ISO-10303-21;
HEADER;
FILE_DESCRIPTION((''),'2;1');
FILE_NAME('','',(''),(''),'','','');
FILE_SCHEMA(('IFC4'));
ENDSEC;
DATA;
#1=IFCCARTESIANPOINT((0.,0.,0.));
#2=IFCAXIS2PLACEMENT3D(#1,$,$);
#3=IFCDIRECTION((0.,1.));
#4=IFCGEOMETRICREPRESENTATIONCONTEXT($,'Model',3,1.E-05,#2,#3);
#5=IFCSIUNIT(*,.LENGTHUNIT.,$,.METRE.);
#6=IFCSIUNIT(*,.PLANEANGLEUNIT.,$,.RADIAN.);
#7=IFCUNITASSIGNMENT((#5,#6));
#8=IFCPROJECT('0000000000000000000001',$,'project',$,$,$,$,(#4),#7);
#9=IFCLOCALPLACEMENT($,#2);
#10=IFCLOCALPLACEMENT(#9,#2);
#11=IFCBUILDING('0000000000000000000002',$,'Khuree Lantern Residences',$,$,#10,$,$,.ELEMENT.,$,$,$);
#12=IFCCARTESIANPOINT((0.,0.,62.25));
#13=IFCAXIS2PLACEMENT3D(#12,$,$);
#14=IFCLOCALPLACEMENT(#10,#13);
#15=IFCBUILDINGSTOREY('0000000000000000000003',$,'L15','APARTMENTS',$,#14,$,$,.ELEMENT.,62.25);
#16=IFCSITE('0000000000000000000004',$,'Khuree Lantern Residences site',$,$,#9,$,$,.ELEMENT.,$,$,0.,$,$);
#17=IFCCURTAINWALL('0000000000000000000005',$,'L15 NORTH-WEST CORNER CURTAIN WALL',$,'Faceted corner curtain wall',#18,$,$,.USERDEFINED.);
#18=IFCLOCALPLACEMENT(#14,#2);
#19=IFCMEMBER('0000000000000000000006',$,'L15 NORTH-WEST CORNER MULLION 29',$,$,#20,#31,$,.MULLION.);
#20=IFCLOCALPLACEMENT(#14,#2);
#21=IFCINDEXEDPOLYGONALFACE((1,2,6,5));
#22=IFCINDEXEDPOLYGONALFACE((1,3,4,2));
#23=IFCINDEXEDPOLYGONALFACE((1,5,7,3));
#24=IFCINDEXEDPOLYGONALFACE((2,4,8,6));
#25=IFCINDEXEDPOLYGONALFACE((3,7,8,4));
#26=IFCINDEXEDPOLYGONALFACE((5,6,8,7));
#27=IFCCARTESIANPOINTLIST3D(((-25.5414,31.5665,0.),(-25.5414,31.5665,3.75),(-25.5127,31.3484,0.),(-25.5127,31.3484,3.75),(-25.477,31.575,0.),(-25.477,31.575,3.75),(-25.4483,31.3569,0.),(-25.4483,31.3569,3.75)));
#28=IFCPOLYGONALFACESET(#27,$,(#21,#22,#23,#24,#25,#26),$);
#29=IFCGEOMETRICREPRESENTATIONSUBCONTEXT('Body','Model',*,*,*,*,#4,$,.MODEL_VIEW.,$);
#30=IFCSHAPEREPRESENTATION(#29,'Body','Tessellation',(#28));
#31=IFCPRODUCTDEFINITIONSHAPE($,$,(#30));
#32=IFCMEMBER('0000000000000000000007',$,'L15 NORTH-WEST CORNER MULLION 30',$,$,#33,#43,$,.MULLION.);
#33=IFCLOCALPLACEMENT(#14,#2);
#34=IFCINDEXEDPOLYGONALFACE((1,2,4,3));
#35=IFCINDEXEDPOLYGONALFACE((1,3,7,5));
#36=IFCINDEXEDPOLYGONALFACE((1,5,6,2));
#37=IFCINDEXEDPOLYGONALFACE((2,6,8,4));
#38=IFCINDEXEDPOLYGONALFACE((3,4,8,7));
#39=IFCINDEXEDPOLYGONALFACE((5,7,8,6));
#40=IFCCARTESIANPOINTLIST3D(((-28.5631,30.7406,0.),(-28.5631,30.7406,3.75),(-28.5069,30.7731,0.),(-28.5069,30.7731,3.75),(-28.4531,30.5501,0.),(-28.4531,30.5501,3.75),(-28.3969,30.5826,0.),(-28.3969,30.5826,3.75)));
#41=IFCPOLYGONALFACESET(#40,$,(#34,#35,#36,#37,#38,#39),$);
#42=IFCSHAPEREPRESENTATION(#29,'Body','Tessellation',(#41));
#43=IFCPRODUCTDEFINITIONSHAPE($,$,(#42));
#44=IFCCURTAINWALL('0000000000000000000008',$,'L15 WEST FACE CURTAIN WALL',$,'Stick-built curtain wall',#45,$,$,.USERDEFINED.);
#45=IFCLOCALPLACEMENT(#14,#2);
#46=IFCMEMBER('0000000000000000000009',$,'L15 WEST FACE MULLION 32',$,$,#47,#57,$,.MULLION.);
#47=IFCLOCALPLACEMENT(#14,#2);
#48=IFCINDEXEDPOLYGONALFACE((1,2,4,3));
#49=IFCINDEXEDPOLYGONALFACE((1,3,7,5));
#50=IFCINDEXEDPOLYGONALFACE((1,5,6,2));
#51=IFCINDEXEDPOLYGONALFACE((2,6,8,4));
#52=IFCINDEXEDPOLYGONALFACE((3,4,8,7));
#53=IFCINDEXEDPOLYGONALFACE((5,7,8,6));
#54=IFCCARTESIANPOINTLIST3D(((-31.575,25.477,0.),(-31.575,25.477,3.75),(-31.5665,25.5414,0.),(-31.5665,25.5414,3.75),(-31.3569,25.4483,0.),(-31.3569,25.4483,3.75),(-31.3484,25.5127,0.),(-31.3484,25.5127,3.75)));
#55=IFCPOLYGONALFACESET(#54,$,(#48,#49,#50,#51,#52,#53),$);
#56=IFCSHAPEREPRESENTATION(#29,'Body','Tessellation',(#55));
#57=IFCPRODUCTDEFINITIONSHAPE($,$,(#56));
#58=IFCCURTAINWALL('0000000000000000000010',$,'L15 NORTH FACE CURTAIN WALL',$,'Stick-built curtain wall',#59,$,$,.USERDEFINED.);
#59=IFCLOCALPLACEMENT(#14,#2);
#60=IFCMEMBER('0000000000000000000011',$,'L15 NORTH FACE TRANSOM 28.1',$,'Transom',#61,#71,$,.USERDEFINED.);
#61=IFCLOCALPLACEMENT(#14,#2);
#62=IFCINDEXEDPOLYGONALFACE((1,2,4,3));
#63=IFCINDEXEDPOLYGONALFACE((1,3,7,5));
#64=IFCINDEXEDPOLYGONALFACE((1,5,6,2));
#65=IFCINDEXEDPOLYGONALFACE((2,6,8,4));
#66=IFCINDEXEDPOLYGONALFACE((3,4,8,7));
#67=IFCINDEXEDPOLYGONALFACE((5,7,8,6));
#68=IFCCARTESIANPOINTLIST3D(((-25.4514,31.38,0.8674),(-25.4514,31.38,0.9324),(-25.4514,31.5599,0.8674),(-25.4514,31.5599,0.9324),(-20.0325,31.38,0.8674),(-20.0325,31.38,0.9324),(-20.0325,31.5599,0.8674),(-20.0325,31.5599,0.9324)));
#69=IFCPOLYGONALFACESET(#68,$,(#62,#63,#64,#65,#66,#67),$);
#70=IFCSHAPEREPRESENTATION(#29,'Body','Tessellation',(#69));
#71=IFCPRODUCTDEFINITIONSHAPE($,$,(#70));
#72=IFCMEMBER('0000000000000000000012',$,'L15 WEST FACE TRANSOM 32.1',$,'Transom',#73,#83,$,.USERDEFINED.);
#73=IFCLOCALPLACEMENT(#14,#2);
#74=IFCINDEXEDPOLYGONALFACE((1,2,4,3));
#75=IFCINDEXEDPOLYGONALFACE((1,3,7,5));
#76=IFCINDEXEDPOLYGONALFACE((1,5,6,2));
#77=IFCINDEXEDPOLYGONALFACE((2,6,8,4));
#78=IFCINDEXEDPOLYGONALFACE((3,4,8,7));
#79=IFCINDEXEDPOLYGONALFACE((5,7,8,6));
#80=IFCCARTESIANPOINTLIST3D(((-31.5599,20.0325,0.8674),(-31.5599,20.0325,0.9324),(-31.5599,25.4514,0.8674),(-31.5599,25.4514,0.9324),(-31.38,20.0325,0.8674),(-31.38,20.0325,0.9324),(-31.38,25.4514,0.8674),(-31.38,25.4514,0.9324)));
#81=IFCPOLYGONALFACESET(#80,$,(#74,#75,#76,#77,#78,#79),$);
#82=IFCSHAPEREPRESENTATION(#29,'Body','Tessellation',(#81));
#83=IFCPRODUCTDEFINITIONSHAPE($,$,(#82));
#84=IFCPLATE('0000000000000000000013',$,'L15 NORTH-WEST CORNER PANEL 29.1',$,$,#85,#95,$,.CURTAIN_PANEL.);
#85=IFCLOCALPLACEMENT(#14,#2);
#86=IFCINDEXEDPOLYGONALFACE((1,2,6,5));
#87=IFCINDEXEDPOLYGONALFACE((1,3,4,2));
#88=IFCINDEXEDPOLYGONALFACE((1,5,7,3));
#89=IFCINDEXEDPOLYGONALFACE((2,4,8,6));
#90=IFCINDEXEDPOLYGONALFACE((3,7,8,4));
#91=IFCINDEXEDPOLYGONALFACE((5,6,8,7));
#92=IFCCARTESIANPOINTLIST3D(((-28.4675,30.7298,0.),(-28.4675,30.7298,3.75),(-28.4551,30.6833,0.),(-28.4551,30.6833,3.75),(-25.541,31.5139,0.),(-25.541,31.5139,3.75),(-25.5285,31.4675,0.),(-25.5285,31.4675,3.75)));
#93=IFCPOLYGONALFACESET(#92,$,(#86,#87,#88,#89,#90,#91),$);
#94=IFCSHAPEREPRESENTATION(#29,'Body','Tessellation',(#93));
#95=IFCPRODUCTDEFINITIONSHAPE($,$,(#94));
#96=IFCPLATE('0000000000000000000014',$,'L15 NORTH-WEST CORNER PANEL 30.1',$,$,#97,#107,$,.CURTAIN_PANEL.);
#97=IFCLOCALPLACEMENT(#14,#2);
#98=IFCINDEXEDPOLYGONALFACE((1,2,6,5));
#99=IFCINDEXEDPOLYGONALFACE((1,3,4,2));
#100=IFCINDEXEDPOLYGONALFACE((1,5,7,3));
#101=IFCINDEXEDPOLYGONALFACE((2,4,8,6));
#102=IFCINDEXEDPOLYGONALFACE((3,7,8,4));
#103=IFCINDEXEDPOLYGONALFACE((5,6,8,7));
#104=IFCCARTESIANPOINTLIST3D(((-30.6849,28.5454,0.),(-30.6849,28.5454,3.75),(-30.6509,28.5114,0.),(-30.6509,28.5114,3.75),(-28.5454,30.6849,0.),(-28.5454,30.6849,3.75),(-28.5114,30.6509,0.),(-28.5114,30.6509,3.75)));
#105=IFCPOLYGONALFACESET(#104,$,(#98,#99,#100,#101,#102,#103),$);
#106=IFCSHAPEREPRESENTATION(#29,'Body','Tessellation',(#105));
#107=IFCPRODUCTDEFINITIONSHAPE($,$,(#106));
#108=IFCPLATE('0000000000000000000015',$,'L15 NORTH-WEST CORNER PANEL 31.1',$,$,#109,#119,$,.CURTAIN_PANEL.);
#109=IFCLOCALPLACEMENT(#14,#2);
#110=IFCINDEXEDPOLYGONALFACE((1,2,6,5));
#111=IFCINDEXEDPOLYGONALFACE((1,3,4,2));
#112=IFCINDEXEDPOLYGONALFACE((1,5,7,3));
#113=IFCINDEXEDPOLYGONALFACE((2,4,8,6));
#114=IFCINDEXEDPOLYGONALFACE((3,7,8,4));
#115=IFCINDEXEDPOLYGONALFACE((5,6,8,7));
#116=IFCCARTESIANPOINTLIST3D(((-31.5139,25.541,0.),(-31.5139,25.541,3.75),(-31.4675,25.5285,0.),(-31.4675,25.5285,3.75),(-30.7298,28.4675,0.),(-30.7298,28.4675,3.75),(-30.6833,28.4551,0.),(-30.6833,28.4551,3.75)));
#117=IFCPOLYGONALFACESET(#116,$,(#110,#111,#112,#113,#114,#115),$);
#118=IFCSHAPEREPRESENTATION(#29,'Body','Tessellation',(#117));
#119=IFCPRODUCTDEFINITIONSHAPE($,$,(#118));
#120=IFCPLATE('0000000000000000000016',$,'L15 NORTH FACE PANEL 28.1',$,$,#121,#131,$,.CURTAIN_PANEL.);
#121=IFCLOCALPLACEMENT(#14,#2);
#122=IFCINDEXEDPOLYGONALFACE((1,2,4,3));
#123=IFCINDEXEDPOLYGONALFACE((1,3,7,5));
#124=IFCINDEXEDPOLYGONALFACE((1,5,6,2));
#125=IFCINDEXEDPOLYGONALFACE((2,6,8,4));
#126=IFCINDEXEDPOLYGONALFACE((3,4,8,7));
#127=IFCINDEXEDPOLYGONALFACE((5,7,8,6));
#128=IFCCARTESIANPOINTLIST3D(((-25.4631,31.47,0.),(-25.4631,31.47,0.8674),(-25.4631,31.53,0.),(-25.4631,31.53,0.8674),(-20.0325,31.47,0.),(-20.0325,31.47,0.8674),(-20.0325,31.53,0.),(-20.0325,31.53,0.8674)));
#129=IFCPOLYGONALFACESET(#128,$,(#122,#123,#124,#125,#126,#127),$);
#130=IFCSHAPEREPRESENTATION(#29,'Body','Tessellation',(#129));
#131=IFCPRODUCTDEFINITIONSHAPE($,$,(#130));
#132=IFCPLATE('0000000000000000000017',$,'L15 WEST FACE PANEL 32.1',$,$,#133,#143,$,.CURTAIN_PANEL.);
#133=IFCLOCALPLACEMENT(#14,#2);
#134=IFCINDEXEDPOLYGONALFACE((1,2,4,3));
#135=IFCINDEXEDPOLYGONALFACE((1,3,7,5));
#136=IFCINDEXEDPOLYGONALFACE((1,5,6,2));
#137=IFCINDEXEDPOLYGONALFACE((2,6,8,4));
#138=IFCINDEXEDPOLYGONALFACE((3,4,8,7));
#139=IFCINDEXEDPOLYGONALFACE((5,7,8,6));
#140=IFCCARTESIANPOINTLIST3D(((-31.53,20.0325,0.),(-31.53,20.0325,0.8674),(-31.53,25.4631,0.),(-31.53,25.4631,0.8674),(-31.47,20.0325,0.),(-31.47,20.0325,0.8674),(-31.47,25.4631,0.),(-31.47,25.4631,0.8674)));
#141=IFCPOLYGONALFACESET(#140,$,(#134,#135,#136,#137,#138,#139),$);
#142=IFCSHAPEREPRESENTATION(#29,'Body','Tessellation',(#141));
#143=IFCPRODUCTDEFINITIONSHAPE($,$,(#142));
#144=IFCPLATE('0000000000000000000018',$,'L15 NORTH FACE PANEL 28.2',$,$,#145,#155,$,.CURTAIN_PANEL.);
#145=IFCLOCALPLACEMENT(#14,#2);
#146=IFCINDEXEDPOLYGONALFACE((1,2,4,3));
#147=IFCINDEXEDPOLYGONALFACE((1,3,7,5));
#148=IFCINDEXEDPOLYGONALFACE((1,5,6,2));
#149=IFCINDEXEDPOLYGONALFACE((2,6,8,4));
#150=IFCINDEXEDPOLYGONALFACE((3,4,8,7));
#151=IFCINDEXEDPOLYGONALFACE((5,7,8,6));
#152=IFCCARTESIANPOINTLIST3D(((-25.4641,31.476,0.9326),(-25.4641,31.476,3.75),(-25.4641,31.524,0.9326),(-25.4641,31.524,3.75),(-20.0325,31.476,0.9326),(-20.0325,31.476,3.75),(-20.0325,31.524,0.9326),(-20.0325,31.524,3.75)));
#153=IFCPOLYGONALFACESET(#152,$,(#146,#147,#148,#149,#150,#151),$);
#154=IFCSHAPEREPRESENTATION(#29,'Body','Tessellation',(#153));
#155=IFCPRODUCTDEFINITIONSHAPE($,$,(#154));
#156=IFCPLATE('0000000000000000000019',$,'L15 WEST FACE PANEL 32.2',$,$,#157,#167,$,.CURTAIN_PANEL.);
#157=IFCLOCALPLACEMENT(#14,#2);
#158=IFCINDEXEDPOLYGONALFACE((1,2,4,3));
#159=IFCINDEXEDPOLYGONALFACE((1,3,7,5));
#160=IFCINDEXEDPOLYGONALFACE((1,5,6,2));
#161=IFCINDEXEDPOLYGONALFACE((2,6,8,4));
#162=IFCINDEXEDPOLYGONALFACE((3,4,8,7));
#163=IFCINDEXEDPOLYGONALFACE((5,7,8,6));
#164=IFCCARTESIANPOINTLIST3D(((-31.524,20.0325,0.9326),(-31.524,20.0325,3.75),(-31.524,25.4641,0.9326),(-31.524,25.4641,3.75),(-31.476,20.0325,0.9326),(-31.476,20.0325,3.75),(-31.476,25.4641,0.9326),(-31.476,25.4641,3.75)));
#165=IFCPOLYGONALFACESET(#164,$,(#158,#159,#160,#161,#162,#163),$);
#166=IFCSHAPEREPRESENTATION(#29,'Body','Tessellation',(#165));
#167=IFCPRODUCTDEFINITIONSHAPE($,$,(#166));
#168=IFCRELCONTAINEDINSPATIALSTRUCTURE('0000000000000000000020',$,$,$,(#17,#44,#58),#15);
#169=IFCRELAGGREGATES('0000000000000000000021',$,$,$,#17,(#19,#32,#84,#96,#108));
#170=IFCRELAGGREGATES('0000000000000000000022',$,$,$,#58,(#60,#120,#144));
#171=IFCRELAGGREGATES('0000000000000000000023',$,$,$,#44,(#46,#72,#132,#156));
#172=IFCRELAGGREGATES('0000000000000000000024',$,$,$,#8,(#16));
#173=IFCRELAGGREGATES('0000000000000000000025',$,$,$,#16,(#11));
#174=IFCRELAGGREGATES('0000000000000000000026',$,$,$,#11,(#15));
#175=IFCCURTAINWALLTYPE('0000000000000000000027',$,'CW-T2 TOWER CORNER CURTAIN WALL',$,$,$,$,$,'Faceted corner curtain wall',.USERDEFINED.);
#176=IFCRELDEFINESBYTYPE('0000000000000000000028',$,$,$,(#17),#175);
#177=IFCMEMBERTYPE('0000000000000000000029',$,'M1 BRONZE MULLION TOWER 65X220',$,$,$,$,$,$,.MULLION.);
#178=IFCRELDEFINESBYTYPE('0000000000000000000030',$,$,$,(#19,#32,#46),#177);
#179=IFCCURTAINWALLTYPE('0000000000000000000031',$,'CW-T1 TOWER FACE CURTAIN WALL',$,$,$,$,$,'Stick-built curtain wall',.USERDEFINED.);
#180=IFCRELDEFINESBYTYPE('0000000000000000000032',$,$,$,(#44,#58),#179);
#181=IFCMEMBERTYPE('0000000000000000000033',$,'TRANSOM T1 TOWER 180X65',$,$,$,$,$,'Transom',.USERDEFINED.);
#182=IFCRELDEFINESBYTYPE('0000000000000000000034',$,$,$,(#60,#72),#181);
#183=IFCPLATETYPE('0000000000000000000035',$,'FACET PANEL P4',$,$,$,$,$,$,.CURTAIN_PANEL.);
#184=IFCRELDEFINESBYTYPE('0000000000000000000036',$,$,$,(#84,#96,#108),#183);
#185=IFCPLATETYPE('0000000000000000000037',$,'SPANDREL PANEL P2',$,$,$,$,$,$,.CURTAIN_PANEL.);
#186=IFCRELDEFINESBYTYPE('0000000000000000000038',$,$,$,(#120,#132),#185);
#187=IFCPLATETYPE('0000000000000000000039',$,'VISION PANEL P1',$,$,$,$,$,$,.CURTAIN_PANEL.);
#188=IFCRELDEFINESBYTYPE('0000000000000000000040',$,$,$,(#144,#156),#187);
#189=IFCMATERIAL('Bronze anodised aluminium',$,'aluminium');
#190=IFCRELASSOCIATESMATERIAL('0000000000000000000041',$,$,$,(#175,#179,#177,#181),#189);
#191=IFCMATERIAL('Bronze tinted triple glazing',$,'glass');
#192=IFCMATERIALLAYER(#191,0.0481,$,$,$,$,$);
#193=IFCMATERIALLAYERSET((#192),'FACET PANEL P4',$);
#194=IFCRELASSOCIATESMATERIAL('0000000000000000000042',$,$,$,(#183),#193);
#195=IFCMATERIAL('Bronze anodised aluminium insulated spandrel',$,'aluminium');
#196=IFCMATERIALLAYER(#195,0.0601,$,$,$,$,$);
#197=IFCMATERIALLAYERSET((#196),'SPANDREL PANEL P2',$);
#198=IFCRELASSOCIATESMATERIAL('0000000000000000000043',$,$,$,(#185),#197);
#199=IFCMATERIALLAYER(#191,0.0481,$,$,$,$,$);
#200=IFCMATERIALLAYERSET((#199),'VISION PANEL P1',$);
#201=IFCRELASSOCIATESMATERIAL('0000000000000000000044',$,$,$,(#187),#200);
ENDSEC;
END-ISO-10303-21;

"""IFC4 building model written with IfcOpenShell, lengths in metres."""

from ifc_helpers import new_model, si_unit, direction, frame, origin, origin_2d, place, context, subcontext, project, spatial, rectangle, extrude, material, layer, layer_set, material_profile, profile_set, type_object, element, aggregate, save


model = new_model("IFC4")

# Units and contexts
model_context = context("Model", 3, precision=1e-05, world=origin(), true_north=direction((0.0, 1.0)))
body_context = subcontext(model_context, "Body", "Model", "MODEL_VIEW")
ifc_project = project(units=[si_unit("LENGTHUNIT", "METRE"), si_unit("PLANEANGLEUNIT", "RADIAN")], contexts=[model_context])

# Site, building, storey
site_placement = place(None, origin())
site = spatial("IfcSite", under=ifc_project, at=site_placement, Name="Khuree Lantern Residences site", CompositionType="ELEMENT", RefElevation=0.0)
building_placement = place(site_placement, origin())
building = spatial("IfcBuilding", under=site, at=building_placement, Name="Khuree Lantern Residences", CompositionType="ELEMENT")
storey_placement = place(building_placement, frame((0.0, 0.0, 62.25)))
storey = spatial("IfcBuildingStorey", under=building, at=storey_placement, Name="L15", Description="APARTMENTS", CompositionType="ELEMENT", Elevation=62.25)

# Curtain wall
ifc_material_1 = material(Name="Bronze anodised aluminium", Category="aluminium")
curtain_wall_type_1 = type_object("IfcCurtainWallType", Name="CW-T2 TOWER CORNER CURTAIN WALL", ElementType="Faceted corner curtain wall", PredefinedType="USERDEFINED", material=ifc_material_1)
curtain_wall_1_placement = place(storey_placement, origin())
curtain_wall_1 = element("IfcCurtainWall", 1, at=curtain_wall_1_placement, inside=storey, type_object=curtain_wall_type_1, Name="L15 NORTH-WEST CORNER CURTAIN WALL", ObjectType="Faceted corner curtain wall", PredefinedType="USERDEFINED")

# Members
ifc_material_profile_1 = material_profile(ifc_material_1, rectangle(XDim=0.0649, YDim=0.22, at=origin_2d()), Name="M1 65X220")
ifc_profile_set_1 = profile_set([ifc_material_profile_1], Name="Bronze anodised aluminium")
member_type_1 = type_object("IfcMemberType", Name="M1 BRONZE MULLION TOWER 65X220", PredefinedType="MULLION", material=ifc_profile_set_1)
member_1_placement = place(storey_placement, frame((-25.4949, 31.4617, 0.0), z_axis=(0.0, 0.0, 1.0), x_axis=(-0.991445, -0.130526, 0.0)))
member_1 = element("IfcMember", 2, at=member_1_placement, type_object=member_type_1, Name="L15 NORTH-WEST CORNER MULLION 29", PredefinedType="MULLION", context=body_context, shape_type="SweptSolid", body=[
    extrude(rectangle(XDim=0.0649, YDim=0.22, at=origin_2d()), origin(), (0.0, 0.0, 1.0), 3.75),
])
member_2_placement = place(storey_placement, frame((-28.48, 30.6616, 0.0), z_axis=(0.0, 0.0, 1.0), x_axis=(-0.866025, -0.5, 0.0)))
member_2 = element("IfcMember", 3, at=member_2_placement, type_object=member_type_1, Name="L15 NORTH-WEST CORNER MULLION 30", PredefinedType="MULLION", context=body_context, shape_type="SweptSolid", body=[
    extrude(rectangle(XDim=0.0649, YDim=0.22, at=origin_2d()), origin(), (0.0, 0.0, 1.0), 3.75),
])

# Curtain walls, members
curtain_wall_type_2 = type_object("IfcCurtainWallType", Name="CW-T1 TOWER FACE CURTAIN WALL", ElementType="Stick-built curtain wall", PredefinedType="USERDEFINED", material=ifc_material_1)
curtain_wall_2_placement = place(storey_placement, origin())
curtain_wall_2 = element("IfcCurtainWall", 4, at=curtain_wall_2_placement, inside=storey, type_object=curtain_wall_type_2, Name="L15 WEST FACE CURTAIN WALL", ObjectType="Stick-built curtain wall", PredefinedType="USERDEFINED")
member_3_placement = place(storey_placement, frame((-31.4617, 25.4949, 0.0), z_axis=(0.0, 0.0, 1.0), x_axis=(-0.130526, -0.991445, 0.0)))
member_3 = element("IfcMember", 5, at=member_3_placement, type_object=member_type_1, Name="L15 WEST FACE MULLION 32", PredefinedType="MULLION", context=body_context, shape_type="SweptSolid", body=[
    extrude(rectangle(XDim=0.0649, YDim=0.22, at=origin_2d()), origin(), (0.0, 0.0, 1.0), 3.75),
])
curtain_wall_3_placement = place(storey_placement, origin())
curtain_wall_3 = element("IfcCurtainWall", 6, at=curtain_wall_3_placement, inside=storey, type_object=curtain_wall_type_2, Name="L15 NORTH FACE CURTAIN WALL", ObjectType="Stick-built curtain wall", PredefinedType="USERDEFINED")
ifc_material_profile_2 = material_profile(ifc_material_1, rectangle(XDim=0.1799, YDim=0.0649, at=origin_2d()), Name="T1 180X65")
ifc_profile_set_2 = profile_set([ifc_material_profile_2], Name="Bronze anodised aluminium")
member_type_2 = type_object("IfcMemberType", Name="TRANSOM T1 TOWER 180X65", ElementType="Transom", PredefinedType="USERDEFINED", material=ifc_profile_set_2)
member_4_placement = place(storey_placement, frame((-20.0325, 31.47, 0.8999), z_axis=(-1.0, 0.0, 0.0), x_axis=(0.0, -1.0, 0.0)))
member_4 = element("IfcMember", 7, at=member_4_placement, type_object=member_type_2, Name="L15 NORTH FACE TRANSOM 28.1", ObjectType="Transom", PredefinedType="USERDEFINED", context=body_context, shape_type="SweptSolid", body=[
    extrude(rectangle(XDim=0.1799, YDim=0.0649, at=origin_2d()), origin(), (0.0, 0.0, 1.0), 5.4189),
])

# Member
member_5_placement = place(storey_placement, frame((-31.47, 25.4514, 0.8999), z_axis=(0.0, -1.0, 0.0), x_axis=(1.0, 0.0, 0.0)))
member_5 = element("IfcMember", 8, at=member_5_placement, type_object=member_type_2, Name="L15 WEST FACE TRANSOM 32.1", ObjectType="Transom", PredefinedType="USERDEFINED", context=body_context, shape_type="SweptSolid", body=[
    extrude(rectangle(XDim=0.1799, YDim=0.0649, at=origin_2d()), origin(), (0.0, 0.0, 1.0), 5.4189),
])

# Plates
ifc_material_2 = material(Name="Bronze tinted triple glazing", Category="glass")
ifc_layer_1 = layer(ifc_material_2, 0.0481)
ifc_layer_set_1 = layer_set([ifc_layer_1], Name="FACET PANEL P4")
plate_type_1 = type_object("IfcPlateType", Name="FACET PANEL P4", PredefinedType="CURTAIN_PANEL", material=ifc_layer_set_1)
plate_1_placement = place(storey_placement, frame((-26.998, 31.0986, 0.0), z_axis=(0.0, 0.0, 1.0), x_axis=(-0.965926, -0.258819, 0.0)))
plate_1 = element("IfcPlate", 9, at=plate_1_placement, type_object=plate_type_1, Name="L15 NORTH-WEST CORNER PANEL 29.1", PredefinedType="CURTAIN_PANEL", context=body_context, shape_type="SweptSolid", body=[
    extrude(rectangle(XDim=3.0298, YDim=0.0481, at=origin_2d()), origin(), (0.0, 0.0, 1.0), 3.75),
])
plate_2_placement = place(storey_placement, frame((-29.5981, 29.5981, 0.0), z_axis=(0.0, 0.0, 1.0), x_axis=(-0.707107, -0.707107, 0.0)))
plate_2 = element("IfcPlate", 10, at=plate_2_placement, type_object=plate_type_1, Name="L15 NORTH-WEST CORNER PANEL 30.1", PredefinedType="CURTAIN_PANEL", context=body_context, shape_type="SweptSolid", body=[
    extrude(rectangle(XDim=3.0256, YDim=0.0481, at=origin_2d()), origin(), (0.0, 0.0, 1.0), 3.75),
])
plate_3_placement = place(storey_placement, frame((-31.0986, 26.998, 0.0), z_axis=(0.0, 0.0, 1.0), x_axis=(-0.258819, -0.965926, 0.0)))
plate_3 = element("IfcPlate", 11, at=plate_3_placement, type_object=plate_type_1, Name="L15 NORTH-WEST CORNER PANEL 31.1", PredefinedType="CURTAIN_PANEL", context=body_context, shape_type="SweptSolid", body=[
    extrude(rectangle(XDim=3.0298, YDim=0.0481, at=origin_2d()), origin(), (0.0, 0.0, 1.0), 3.75),
])
aggregate(curtain_wall_1, [member_1, member_2, plate_1, plate_2, plate_3])
ifc_material_3 = material(Name="Bronze anodised aluminium insulated spandrel", Category="aluminium")
ifc_layer_2 = layer(ifc_material_3, 0.0601)
ifc_layer_set_2 = layer_set([ifc_layer_2], Name="SPANDREL PANEL P2")
plate_type_2 = type_object("IfcPlateType", Name="SPANDREL PANEL P2", PredefinedType="CURTAIN_PANEL", material=ifc_layer_set_2)
plate_4_placement = place(storey_placement, frame((-22.7478, 31.5, 0.0), z_axis=(0.0, 0.0, 1.0), x_axis=(-1.0, 0.0, 0.0)))
plate_4 = element("IfcPlate", 12, at=plate_4_placement, type_object=plate_type_2, Name="L15 NORTH FACE PANEL 28.1", PredefinedType="CURTAIN_PANEL", context=body_context, shape_type="SweptSolid", body=[
    extrude(rectangle(XDim=5.4307, YDim=0.0601, at=origin_2d()), origin(), (0.0, 0.0, 1.0), 0.8674),
])
plate_5_placement = place(storey_placement, frame((-31.5, 22.7478, 0.0), z_axis=(0.0, 0.0, 1.0), x_axis=(0.0, -1.0, 0.0)))
plate_5 = element("IfcPlate", 13, at=plate_5_placement, type_object=plate_type_2, Name="L15 WEST FACE PANEL 32.1", PredefinedType="CURTAIN_PANEL", context=body_context, shape_type="SweptSolid", body=[
    extrude(rectangle(XDim=5.4307, YDim=0.0601, at=origin_2d()), origin(), (0.0, 0.0, 1.0), 0.8674),
])
ifc_layer_3 = layer(ifc_material_2, 0.0481)
ifc_layer_set_3 = layer_set([ifc_layer_3], Name="VISION PANEL P1")
plate_type_3 = type_object("IfcPlateType", Name="VISION PANEL P1", PredefinedType="CURTAIN_PANEL", material=ifc_layer_set_3)
plate_6_placement = place(storey_placement, frame((-22.7483, 31.5, 0.9326), z_axis=(0.0, 0.0, 1.0), x_axis=(-1.0, 0.0, 0.0)))
plate_6 = element("IfcPlate", 14, at=plate_6_placement, type_object=plate_type_3, Name="L15 NORTH FACE PANEL 28.2", PredefinedType="CURTAIN_PANEL", context=body_context, shape_type="SweptSolid", body=[
    extrude(rectangle(XDim=5.4316, YDim=0.0481, at=origin_2d()), origin(), (0.0, 0.0, 1.0), 2.8174),
])
aggregate(curtain_wall_3, [member_4, plate_4, plate_6])
plate_7_placement = place(storey_placement, frame((-31.5, 22.7483, 0.9326), z_axis=(0.0, 0.0, 1.0), x_axis=(0.0, -1.0, 0.0)))
plate_7 = element("IfcPlate", 15, at=plate_7_placement, type_object=plate_type_3, Name="L15 WEST FACE PANEL 32.2", PredefinedType="CURTAIN_PANEL", context=body_context, shape_type="SweptSolid", body=[
    extrude(rectangle(XDim=5.4316, YDim=0.0481, at=origin_2d()), origin(), (0.0, 0.0, 1.0), 2.8174),
])
aggregate(curtain_wall_2, [member_3, member_5, plate_5, plate_7])

save(model, "model.ifc")
